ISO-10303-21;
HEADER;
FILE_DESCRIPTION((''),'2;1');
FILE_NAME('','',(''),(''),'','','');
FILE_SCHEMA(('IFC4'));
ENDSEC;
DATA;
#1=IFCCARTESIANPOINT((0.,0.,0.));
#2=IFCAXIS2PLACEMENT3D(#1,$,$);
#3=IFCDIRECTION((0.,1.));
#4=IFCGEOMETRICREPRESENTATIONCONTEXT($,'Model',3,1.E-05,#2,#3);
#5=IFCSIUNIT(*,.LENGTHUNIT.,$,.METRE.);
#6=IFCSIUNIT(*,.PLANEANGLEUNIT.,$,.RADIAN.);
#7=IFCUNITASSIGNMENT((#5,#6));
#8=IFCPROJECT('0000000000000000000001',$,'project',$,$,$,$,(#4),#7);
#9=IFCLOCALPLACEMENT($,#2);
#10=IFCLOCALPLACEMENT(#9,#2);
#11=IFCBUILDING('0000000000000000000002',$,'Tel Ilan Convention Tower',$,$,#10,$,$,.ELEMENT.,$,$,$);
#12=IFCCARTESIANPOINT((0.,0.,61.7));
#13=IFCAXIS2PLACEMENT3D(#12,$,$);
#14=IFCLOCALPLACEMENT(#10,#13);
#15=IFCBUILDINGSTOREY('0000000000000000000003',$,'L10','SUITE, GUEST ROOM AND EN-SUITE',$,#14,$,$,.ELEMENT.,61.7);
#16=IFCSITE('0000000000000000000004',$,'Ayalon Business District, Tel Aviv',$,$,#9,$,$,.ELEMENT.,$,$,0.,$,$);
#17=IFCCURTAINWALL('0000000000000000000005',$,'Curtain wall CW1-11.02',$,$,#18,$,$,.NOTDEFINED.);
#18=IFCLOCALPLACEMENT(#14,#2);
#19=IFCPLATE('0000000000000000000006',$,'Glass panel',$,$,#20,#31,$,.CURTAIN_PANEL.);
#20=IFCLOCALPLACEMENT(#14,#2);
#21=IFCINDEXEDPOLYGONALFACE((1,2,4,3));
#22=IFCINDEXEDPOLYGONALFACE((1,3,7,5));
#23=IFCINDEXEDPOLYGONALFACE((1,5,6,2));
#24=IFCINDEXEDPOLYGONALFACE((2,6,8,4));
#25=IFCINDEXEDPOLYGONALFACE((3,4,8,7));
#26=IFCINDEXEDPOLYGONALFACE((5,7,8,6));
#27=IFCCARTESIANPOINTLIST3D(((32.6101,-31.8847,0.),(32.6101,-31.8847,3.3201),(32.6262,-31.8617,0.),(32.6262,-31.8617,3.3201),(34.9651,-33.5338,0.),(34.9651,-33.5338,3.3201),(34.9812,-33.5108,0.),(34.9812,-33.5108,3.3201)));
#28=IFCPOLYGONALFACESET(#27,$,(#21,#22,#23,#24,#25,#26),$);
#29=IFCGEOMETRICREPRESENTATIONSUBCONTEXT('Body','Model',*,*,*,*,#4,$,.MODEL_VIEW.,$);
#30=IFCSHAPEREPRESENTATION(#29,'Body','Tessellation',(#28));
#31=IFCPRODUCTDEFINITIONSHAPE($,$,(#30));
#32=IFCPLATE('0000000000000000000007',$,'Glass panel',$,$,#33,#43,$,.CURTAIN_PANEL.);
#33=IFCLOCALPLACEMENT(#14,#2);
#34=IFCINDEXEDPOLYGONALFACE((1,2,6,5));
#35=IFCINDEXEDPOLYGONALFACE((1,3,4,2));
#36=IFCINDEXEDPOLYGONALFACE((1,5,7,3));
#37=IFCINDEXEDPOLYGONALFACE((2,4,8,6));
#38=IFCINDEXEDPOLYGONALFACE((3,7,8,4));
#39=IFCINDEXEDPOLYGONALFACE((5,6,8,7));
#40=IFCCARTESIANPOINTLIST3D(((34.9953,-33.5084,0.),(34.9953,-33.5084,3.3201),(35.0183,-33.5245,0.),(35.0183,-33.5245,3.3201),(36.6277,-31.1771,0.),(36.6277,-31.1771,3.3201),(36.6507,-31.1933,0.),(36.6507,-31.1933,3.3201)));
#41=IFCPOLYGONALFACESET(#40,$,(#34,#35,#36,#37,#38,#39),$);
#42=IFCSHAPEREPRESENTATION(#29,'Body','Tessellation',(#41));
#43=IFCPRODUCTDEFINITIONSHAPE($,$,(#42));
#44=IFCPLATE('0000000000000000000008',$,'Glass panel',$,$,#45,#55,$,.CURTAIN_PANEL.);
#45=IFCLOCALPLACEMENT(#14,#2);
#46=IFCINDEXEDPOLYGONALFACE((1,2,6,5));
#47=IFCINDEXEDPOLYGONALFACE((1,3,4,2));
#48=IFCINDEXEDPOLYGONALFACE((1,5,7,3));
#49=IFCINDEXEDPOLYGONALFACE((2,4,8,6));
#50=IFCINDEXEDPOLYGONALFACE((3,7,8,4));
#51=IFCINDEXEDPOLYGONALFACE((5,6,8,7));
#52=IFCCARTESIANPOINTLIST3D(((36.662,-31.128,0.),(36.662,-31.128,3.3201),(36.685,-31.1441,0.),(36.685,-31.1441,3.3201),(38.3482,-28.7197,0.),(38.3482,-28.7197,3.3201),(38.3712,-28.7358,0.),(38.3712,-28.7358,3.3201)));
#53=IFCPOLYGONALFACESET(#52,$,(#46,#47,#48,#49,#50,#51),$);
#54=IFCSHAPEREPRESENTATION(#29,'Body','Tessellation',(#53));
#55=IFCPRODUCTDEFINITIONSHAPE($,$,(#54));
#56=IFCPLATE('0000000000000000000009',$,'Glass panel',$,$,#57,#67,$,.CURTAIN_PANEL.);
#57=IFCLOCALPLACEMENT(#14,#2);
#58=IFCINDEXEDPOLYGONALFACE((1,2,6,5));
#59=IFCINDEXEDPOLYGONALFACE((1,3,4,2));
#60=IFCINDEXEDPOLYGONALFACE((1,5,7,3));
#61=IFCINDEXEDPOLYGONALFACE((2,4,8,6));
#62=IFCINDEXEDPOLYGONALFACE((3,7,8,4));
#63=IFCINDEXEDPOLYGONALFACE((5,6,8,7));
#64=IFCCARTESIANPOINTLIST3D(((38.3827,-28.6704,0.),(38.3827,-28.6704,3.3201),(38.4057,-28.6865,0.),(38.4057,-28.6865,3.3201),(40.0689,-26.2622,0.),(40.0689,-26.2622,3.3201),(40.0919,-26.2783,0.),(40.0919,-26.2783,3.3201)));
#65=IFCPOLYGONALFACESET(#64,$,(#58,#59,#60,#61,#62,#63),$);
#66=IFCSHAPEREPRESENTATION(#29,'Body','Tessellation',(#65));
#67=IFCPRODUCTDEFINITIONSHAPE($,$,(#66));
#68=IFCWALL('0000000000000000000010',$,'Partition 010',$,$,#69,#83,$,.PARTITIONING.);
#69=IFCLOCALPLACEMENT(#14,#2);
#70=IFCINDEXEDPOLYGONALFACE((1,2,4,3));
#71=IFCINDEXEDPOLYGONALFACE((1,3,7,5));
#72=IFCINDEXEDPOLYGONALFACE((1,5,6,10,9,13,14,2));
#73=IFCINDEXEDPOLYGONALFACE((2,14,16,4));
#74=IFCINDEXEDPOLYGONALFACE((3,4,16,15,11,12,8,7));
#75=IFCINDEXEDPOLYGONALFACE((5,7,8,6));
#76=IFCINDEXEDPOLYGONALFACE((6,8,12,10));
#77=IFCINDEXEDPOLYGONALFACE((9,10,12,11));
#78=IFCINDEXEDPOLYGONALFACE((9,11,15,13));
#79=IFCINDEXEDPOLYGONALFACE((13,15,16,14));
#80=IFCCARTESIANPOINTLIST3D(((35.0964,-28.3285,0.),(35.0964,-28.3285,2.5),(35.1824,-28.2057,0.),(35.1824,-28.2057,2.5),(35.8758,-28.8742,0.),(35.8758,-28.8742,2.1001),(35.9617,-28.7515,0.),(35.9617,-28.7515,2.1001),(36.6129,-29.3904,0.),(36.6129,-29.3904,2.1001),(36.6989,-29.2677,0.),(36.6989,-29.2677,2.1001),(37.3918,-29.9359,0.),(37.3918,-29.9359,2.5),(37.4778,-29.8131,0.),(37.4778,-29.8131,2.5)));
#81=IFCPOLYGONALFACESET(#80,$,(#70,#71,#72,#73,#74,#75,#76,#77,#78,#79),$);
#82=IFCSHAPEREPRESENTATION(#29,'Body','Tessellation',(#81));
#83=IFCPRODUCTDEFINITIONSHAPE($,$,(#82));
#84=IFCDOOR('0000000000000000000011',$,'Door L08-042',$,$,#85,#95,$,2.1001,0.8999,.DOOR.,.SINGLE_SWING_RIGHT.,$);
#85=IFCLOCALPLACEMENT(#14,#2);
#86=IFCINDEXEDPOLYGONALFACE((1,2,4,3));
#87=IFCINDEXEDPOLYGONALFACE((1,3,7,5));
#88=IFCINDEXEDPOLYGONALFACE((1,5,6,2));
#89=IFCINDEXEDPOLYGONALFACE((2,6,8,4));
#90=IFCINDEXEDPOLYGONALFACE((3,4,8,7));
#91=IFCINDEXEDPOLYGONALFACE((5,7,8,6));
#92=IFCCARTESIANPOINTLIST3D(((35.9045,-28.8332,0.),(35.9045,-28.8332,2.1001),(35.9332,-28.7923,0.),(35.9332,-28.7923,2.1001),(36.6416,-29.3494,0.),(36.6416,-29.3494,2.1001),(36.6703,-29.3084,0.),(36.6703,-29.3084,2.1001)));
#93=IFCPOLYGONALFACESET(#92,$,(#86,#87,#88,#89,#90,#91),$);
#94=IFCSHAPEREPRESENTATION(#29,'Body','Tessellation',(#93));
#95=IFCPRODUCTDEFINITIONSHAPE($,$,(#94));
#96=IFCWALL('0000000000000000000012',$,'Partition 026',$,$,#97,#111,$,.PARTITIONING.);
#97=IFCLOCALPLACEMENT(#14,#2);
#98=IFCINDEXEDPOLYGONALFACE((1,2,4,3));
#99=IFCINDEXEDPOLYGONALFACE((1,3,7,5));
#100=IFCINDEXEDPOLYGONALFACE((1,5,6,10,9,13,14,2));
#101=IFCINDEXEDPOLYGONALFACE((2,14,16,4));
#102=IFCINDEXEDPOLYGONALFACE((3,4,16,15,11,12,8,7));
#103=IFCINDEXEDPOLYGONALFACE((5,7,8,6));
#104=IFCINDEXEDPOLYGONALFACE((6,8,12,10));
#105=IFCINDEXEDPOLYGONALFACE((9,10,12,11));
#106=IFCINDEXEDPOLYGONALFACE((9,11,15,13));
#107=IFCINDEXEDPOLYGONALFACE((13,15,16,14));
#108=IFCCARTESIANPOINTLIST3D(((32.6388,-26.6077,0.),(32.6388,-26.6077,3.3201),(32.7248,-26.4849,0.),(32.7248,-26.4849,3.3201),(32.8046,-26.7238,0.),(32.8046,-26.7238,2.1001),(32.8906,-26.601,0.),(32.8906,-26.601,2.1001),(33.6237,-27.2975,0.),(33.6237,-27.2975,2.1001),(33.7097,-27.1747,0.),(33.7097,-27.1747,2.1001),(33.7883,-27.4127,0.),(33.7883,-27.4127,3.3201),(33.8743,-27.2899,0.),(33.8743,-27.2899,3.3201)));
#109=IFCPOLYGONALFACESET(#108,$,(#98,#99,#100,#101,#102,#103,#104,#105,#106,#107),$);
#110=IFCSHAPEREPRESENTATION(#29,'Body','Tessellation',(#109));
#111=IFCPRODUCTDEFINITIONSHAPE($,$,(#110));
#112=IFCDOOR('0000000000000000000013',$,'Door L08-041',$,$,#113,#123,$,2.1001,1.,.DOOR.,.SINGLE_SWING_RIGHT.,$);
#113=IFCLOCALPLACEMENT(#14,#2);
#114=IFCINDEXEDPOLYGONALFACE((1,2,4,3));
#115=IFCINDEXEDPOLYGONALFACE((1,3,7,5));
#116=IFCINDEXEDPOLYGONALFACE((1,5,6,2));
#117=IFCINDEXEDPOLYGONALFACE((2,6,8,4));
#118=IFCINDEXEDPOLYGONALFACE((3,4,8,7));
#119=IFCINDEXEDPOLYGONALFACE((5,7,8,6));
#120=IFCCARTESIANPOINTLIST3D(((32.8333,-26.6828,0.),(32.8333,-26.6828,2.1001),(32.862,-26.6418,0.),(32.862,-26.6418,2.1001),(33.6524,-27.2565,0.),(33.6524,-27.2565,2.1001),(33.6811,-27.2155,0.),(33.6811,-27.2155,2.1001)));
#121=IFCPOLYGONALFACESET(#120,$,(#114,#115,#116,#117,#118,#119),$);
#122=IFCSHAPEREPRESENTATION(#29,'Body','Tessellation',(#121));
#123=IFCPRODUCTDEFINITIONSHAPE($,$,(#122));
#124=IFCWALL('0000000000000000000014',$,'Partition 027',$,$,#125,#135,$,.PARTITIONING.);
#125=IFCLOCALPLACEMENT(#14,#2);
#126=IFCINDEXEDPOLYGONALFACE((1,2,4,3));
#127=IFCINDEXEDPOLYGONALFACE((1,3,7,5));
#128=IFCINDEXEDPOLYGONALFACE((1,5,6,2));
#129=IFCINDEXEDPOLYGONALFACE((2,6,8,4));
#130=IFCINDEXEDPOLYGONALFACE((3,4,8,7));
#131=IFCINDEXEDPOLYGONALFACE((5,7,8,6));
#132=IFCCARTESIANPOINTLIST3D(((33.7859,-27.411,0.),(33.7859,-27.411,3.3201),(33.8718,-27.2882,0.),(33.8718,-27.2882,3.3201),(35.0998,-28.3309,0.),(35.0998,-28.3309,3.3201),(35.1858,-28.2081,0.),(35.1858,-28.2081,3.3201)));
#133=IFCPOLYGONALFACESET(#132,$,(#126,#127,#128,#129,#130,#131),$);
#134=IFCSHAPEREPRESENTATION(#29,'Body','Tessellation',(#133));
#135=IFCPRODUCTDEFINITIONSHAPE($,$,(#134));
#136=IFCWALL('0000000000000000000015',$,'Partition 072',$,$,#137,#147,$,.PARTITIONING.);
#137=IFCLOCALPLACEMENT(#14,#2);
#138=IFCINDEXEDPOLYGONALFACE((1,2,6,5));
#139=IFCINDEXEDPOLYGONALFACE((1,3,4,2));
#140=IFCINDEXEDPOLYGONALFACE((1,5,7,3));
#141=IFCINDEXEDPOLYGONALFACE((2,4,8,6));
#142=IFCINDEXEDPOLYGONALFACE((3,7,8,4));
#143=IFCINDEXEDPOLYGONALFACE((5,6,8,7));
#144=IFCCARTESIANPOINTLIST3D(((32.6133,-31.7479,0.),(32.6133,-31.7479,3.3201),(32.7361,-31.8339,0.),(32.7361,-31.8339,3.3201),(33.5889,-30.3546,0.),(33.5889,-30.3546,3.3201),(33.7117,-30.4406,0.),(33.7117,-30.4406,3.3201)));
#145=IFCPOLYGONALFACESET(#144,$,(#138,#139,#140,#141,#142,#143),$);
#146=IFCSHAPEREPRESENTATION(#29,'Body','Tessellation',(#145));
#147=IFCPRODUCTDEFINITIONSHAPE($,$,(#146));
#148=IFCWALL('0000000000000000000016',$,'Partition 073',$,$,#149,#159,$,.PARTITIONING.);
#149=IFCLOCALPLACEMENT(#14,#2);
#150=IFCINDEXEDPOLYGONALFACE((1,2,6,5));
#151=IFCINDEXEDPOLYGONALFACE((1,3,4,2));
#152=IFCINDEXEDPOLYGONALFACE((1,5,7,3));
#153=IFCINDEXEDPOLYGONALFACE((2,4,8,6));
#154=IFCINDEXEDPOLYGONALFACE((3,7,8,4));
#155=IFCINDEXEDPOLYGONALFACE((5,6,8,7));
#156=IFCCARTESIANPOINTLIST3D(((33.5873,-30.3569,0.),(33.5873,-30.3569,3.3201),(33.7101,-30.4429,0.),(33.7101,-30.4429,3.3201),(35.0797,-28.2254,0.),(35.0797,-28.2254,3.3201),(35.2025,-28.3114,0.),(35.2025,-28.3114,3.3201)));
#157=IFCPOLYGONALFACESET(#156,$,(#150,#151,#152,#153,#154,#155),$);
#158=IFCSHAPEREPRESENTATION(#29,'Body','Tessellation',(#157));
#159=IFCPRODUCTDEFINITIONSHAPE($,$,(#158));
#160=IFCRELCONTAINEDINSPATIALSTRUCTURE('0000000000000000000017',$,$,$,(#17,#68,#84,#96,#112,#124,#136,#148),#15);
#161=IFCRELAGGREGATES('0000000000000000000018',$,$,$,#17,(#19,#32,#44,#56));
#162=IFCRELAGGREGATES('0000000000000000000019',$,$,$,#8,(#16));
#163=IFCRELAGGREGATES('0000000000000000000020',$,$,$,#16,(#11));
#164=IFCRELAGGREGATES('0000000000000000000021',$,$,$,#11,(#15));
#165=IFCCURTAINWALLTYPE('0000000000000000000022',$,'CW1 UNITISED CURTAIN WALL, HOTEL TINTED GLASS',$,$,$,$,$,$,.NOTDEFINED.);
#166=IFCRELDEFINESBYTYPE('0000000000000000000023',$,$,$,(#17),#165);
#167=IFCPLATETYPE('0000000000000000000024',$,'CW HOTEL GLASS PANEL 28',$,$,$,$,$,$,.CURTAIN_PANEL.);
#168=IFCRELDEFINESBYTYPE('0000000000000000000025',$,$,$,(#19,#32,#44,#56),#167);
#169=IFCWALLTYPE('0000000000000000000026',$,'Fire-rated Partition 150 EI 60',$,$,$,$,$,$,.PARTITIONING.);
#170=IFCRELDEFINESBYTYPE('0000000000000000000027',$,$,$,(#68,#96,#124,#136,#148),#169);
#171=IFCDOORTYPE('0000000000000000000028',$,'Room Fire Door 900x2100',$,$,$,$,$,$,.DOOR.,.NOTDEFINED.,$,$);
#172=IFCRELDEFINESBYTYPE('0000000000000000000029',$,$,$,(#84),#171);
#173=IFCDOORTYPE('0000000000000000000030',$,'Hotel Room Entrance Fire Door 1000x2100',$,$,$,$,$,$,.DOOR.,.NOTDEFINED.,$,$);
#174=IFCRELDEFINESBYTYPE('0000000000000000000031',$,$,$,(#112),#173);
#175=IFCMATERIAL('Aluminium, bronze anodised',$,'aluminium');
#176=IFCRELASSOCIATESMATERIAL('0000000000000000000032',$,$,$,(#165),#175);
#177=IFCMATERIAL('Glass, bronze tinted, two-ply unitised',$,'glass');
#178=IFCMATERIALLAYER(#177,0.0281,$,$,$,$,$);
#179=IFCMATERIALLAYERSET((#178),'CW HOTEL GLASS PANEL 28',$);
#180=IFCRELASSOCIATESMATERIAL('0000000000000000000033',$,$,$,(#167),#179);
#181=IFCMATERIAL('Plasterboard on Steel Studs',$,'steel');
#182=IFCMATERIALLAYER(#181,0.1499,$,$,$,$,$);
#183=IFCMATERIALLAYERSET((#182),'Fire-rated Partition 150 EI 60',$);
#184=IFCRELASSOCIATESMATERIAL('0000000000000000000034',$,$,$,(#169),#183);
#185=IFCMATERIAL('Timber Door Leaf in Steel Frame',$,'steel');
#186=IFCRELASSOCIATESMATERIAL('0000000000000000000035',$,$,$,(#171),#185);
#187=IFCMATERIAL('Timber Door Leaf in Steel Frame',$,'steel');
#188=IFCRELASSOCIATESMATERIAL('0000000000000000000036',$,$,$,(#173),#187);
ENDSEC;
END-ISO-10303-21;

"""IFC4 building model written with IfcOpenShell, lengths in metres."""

from ifc_helpers import new_model, si_unit, direction, frame, frame_2d, origin, origin_2d, place, context, subcontext, project, spatial, rectangle, extrude, material, layer, layer_set, type_object, element, fill, aggregate, save


model = new_model("IFC4")

# Units and contexts
model_context = context("Model", 3, precision=1e-05, world=origin(), true_north=direction((0.0, 1.0)))
body_context = subcontext(model_context, "Body", "Model", "MODEL_VIEW")
ifc_project = project(units=[si_unit("LENGTHUNIT", "METRE"), si_unit("PLANEANGLEUNIT", "RADIAN")], contexts=[model_context])

# Site, building, storey
site_placement = place(None, origin())
site = spatial("IfcSite", under=ifc_project, at=site_placement, Name="Ayalon Business District, Tel Aviv", CompositionType="ELEMENT", RefElevation=0.0)
building_placement = place(site_placement, origin())
building = spatial("IfcBuilding", under=site, at=building_placement, Name="Tel Ilan Convention Tower", CompositionType="ELEMENT")
storey_placement = place(building_placement, frame((0.0, 0.0, 61.7)))
storey = spatial("IfcBuildingStorey", under=building, at=storey_placement, Name="L10", Description="SUITE, GUEST ROOM AND EN-SUITE", CompositionType="ELEMENT", Elevation=61.7)

# Curtain wall, plates
ifc_material_1 = material(Name="Aluminium, bronze anodised", Category="aluminium")
curtain_wall_type = type_object("IfcCurtainWallType", Name="CW1 UNITISED CURTAIN WALL, HOTEL TINTED GLASS", PredefinedType="NOTDEFINED", material=ifc_material_1)
curtain_wall_placement = place(storey_placement, origin())
curtain_wall = element("IfcCurtainWall", 1, at=curtain_wall_placement, inside=storey, type_object=curtain_wall_type, Name="Curtain wall CW1-11.02", PredefinedType="NOTDEFINED")
ifc_material_2 = material(Name="Glass, bronze tinted, two-ply unitised", Category="glass")
ifc_layer_1 = layer(ifc_material_2, 0.0281)
ifc_layer_set_1 = layer_set([ifc_layer_1], Name="CW HOTEL GLASS PANEL 28")
plate_type = type_object("IfcPlateType", Name="CW HOTEL GLASS PANEL 28", PredefinedType="CURTAIN_PANEL", material=ifc_layer_set_1)
plate_1_placement = place(storey_placement, frame((33.7957, -32.6978, 0.0), z_axis=(0.0, 0.0, 1.0), x_axis=(0.819152, -0.573576, 0.0)))
plate_1 = element("IfcPlate", 2, at=plate_1_placement, type_object=plate_type, Name="Glass panel", PredefinedType="CURTAIN_PANEL", context=body_context, shape_type="SweptSolid", body=[
    extrude(rectangle(XDim=2.875, YDim=0.0281, at=origin_2d()), origin(), (0.0, 0.0, 1.0), 3.3201),
])
plate_2_placement = place(storey_placement, frame((35.823, -32.3508, 0.0), z_axis=(0.0, 0.0, 1.0), x_axis=(0.573576, 0.819152, 0.0)))
plate_2 = element("IfcPlate", 3, at=plate_2_placement, type_object=plate_type, Name="Glass panel", PredefinedType="CURTAIN_PANEL", context=body_context, shape_type="SweptSolid", body=[
    extrude(rectangle(XDim=2.8459, YDim=0.0281, at=origin_2d()), origin(), (0.0, 0.0, 1.0), 3.3201),
])
plate_3_placement = place(storey_placement, frame((37.5166, -29.9319, 0.0), z_axis=(0.0, 0.0, 1.0), x_axis=(0.573576, 0.819152, 0.0)))
plate_3 = element("IfcPlate", 4, at=plate_3_placement, type_object=plate_type, Name="Glass panel", PredefinedType="CURTAIN_PANEL", context=body_context, shape_type="SweptSolid", body=[
    extrude(rectangle(XDim=2.9399, YDim=0.0281, at=origin_2d()), origin(), (0.0, 0.0, 1.0), 3.3201),
])
plate_4_placement = place(storey_placement, frame((39.2373, -27.4744, 0.0), z_axis=(0.0, 0.0, 1.0), x_axis=(0.573576, 0.819152, 0.0)))
plate_4 = element("IfcPlate", 5, at=plate_4_placement, type_object=plate_type, Name="Glass panel", PredefinedType="CURTAIN_PANEL", context=body_context, shape_type="SweptSolid", body=[
    extrude(rectangle(XDim=2.9399, YDim=0.0281, at=origin_2d()), origin(), (0.0, 0.0, 1.0), 3.3201),
])
aggregate(curtain_wall, [plate_1, plate_2, plate_3, plate_4])

# Walls, openings, doors
ifc_material_3 = material(Name="Plasterboard on Steel Studs", Category="steel")
ifc_layer_2 = layer(ifc_material_3, 0.1499)
ifc_layer_set_2 = layer_set([ifc_layer_2], Name="Fire-rated Partition 150 EI 60")
wall_type_1 = type_object("IfcWallType", Name="Fire-rated Partition 150 EI 60", PredefinedType="PARTITIONING", material=ifc_layer_set_2)
wall_1_placement = place(storey_placement, frame((37.4348, -29.8745, 0.0), z_axis=(0.0, 0.0, 1.0), x_axis=(-0.819125, 0.573614, 0.0)))
wall_1 = element("IfcWall", 6, at=wall_1_placement, inside=storey, type_object=wall_type_1, Name="Partition 010", PredefinedType="PARTITIONING", context=body_context, shape_type="SweptSolid", body=[
    extrude(rectangle(XDim=2.8022, YDim=0.1499, at=frame_2d((1.4011, 0.0))), origin(), (0.0, 0.0, 1.0), 2.5),
])
opening_1_placement = place(wall_1_placement, frame((0.9509, 0.0, 0.0)))
opening_1 = element("IfcOpeningElement", 7, at=opening_1_placement, cuts=wall_1, PredefinedType="OPENING", context=body_context, shape_type="SweptSolid", body=[
    extrude(rectangle(XDim=0.8999, YDim=2.1001, at=frame_2d((0.45, 1.05))), frame((0.0, 0.085, 0.0), z_axis=(0.0, -1.0, 0.0), x_axis=(1.0, 0.0, 0.0)), (0.0, 0.0, 1.0), 0.1699),
])
ifc_material_4 = material(Name="Timber Door Leaf in Steel Frame", Category="steel")
door_type_1 = type_object("IfcDoorType", Name="Room Fire Door 900x2100", OperationType="NOTDEFINED", PredefinedType="DOOR", material=ifc_material_4)
door_1_placement = place(opening_1_placement, origin())
door_1 = element("IfcDoor", 8, at=door_1_placement, inside=storey, type_object=door_type_1, Name="Door L08-042", OperationType="SINGLE_SWING_RIGHT", OverallHeight=2.1001, OverallWidth=0.8999, PredefinedType="DOOR", context=body_context, shape_type="SweptSolid", body=[
    extrude(rectangle(XDim=0.8999, YDim=2.1001, at=frame_2d((0.45, 1.05))), frame((0.0, 0.0249, 0.0), z_axis=(0.0, -1.0, 0.0), x_axis=(1.0, 0.0, 0.0)), (0.0, 0.0, 1.0), 0.05),
])
fill(opening_1, door_1)
wall_2_placement = place(storey_placement, frame((33.8313, -27.3513, 0.0), z_axis=(0.0, 0.0, 1.0), x_axis=(-0.819117, 0.573626, 0.0)))
wall_2 = element("IfcWall", 9, at=wall_2_placement, inside=storey, type_object=wall_type_1, Name="Partition 026", PredefinedType="PARTITIONING", context=body_context, shape_type="SweptSolid", body=[
    extrude(rectangle(XDim=1.4033, YDim=0.1499, at=frame_2d((0.7017, 0.0))), origin(), (0.0, 0.0, 1.0), 3.3201),
])
opening_2_placement = place(wall_2_placement, frame((0.2009, 0.0, 0.0)))
opening_2 = element("IfcOpeningElement", 10, at=opening_2_placement, cuts=wall_2, PredefinedType="OPENING", context=body_context, shape_type="SweptSolid", body=[
    extrude(rectangle(XDim=1.0, YDim=2.1001, at=frame_2d((0.5, 1.05))), frame((0.0, 0.085, 0.0), z_axis=(0.0, -1.0, 0.0), x_axis=(1.0, 0.0, 0.0)), (0.0, 0.0, 1.0), 0.1699),
])
ifc_material_5 = material(Name="Timber Door Leaf in Steel Frame", Category="steel")
door_type_2 = type_object("IfcDoorType", Name="Hotel Room Entrance Fire Door 1000x2100", OperationType="NOTDEFINED", PredefinedType="DOOR", material=ifc_material_5)
door_2_placement = place(opening_2_placement, origin())
door_2 = element("IfcDoor", 11, at=door_2_placement, inside=storey, type_object=door_type_2, Name="Door L08-041", OperationType="SINGLE_SWING_RIGHT", OverallHeight=2.1001, OverallWidth=1.0, PredefinedType="DOOR", context=body_context, shape_type="SweptSolid", body=[
    extrude(rectangle(XDim=1.0, YDim=2.1001, at=frame_2d((0.5, 1.05))), frame((0.0, 0.0249, 0.0), z_axis=(0.0, -1.0, 0.0), x_axis=(1.0, 0.0, 0.0)), (0.0, 0.0, 1.0), 0.05),
])
fill(opening_2, door_2)

# Walls
wall_3_placement = place(storey_placement, frame((35.1428, -28.2695, 0.0), z_axis=(0.0, 0.0, 1.0), x_axis=(-0.819189, 0.573524, 0.0)))
element("IfcWall", 12, at=wall_3_placement, inside=storey, type_object=wall_type_1, Name="Partition 027", PredefinedType="PARTITIONING", context=body_context, shape_type="SweptSolid", body=[
    extrude(rectangle(XDim=1.604, YDim=0.1499, at=frame_2d((0.802, 0.0))), origin(), (0.0, 0.0, 1.0), 3.3201),
])
wall_4_placement = place(storey_placement, frame((33.6504, -30.3975, 0.0), z_axis=(0.0, 0.0, 1.0), x_axis=(-0.573568, -0.819158, 0.0)))
element("IfcWall", 13, at=wall_4_placement, inside=storey, type_object=wall_type_1, Name="Partition 072", PredefinedType="PARTITIONING", context=body_context, shape_type="SweptSolid", body=[
    extrude(rectangle(XDim=1.7009, YDim=0.1499, at=frame_2d((0.8506, 0.0))), origin(), (0.0, 0.0, 1.0), 3.3201),
])
wall_5_placement = place(storey_placement, frame((33.6487, -30.3999, 0.0), z_axis=(0.0, 0.0, 1.0), x_axis=(0.573544, 0.819175, 0.0)))
element("IfcWall", 14, at=wall_5_placement, inside=storey, type_object=wall_type_1, Name="Partition 073", PredefinedType="PARTITIONING", context=body_context, shape_type="SweptSolid", body=[
    extrude(rectangle(XDim=2.6021, YDim=0.1499, at=frame_2d((1.301, 0.0))), origin(), (0.0, 0.0, 1.0), 3.3201),
])

save(model, "model.ifc")
